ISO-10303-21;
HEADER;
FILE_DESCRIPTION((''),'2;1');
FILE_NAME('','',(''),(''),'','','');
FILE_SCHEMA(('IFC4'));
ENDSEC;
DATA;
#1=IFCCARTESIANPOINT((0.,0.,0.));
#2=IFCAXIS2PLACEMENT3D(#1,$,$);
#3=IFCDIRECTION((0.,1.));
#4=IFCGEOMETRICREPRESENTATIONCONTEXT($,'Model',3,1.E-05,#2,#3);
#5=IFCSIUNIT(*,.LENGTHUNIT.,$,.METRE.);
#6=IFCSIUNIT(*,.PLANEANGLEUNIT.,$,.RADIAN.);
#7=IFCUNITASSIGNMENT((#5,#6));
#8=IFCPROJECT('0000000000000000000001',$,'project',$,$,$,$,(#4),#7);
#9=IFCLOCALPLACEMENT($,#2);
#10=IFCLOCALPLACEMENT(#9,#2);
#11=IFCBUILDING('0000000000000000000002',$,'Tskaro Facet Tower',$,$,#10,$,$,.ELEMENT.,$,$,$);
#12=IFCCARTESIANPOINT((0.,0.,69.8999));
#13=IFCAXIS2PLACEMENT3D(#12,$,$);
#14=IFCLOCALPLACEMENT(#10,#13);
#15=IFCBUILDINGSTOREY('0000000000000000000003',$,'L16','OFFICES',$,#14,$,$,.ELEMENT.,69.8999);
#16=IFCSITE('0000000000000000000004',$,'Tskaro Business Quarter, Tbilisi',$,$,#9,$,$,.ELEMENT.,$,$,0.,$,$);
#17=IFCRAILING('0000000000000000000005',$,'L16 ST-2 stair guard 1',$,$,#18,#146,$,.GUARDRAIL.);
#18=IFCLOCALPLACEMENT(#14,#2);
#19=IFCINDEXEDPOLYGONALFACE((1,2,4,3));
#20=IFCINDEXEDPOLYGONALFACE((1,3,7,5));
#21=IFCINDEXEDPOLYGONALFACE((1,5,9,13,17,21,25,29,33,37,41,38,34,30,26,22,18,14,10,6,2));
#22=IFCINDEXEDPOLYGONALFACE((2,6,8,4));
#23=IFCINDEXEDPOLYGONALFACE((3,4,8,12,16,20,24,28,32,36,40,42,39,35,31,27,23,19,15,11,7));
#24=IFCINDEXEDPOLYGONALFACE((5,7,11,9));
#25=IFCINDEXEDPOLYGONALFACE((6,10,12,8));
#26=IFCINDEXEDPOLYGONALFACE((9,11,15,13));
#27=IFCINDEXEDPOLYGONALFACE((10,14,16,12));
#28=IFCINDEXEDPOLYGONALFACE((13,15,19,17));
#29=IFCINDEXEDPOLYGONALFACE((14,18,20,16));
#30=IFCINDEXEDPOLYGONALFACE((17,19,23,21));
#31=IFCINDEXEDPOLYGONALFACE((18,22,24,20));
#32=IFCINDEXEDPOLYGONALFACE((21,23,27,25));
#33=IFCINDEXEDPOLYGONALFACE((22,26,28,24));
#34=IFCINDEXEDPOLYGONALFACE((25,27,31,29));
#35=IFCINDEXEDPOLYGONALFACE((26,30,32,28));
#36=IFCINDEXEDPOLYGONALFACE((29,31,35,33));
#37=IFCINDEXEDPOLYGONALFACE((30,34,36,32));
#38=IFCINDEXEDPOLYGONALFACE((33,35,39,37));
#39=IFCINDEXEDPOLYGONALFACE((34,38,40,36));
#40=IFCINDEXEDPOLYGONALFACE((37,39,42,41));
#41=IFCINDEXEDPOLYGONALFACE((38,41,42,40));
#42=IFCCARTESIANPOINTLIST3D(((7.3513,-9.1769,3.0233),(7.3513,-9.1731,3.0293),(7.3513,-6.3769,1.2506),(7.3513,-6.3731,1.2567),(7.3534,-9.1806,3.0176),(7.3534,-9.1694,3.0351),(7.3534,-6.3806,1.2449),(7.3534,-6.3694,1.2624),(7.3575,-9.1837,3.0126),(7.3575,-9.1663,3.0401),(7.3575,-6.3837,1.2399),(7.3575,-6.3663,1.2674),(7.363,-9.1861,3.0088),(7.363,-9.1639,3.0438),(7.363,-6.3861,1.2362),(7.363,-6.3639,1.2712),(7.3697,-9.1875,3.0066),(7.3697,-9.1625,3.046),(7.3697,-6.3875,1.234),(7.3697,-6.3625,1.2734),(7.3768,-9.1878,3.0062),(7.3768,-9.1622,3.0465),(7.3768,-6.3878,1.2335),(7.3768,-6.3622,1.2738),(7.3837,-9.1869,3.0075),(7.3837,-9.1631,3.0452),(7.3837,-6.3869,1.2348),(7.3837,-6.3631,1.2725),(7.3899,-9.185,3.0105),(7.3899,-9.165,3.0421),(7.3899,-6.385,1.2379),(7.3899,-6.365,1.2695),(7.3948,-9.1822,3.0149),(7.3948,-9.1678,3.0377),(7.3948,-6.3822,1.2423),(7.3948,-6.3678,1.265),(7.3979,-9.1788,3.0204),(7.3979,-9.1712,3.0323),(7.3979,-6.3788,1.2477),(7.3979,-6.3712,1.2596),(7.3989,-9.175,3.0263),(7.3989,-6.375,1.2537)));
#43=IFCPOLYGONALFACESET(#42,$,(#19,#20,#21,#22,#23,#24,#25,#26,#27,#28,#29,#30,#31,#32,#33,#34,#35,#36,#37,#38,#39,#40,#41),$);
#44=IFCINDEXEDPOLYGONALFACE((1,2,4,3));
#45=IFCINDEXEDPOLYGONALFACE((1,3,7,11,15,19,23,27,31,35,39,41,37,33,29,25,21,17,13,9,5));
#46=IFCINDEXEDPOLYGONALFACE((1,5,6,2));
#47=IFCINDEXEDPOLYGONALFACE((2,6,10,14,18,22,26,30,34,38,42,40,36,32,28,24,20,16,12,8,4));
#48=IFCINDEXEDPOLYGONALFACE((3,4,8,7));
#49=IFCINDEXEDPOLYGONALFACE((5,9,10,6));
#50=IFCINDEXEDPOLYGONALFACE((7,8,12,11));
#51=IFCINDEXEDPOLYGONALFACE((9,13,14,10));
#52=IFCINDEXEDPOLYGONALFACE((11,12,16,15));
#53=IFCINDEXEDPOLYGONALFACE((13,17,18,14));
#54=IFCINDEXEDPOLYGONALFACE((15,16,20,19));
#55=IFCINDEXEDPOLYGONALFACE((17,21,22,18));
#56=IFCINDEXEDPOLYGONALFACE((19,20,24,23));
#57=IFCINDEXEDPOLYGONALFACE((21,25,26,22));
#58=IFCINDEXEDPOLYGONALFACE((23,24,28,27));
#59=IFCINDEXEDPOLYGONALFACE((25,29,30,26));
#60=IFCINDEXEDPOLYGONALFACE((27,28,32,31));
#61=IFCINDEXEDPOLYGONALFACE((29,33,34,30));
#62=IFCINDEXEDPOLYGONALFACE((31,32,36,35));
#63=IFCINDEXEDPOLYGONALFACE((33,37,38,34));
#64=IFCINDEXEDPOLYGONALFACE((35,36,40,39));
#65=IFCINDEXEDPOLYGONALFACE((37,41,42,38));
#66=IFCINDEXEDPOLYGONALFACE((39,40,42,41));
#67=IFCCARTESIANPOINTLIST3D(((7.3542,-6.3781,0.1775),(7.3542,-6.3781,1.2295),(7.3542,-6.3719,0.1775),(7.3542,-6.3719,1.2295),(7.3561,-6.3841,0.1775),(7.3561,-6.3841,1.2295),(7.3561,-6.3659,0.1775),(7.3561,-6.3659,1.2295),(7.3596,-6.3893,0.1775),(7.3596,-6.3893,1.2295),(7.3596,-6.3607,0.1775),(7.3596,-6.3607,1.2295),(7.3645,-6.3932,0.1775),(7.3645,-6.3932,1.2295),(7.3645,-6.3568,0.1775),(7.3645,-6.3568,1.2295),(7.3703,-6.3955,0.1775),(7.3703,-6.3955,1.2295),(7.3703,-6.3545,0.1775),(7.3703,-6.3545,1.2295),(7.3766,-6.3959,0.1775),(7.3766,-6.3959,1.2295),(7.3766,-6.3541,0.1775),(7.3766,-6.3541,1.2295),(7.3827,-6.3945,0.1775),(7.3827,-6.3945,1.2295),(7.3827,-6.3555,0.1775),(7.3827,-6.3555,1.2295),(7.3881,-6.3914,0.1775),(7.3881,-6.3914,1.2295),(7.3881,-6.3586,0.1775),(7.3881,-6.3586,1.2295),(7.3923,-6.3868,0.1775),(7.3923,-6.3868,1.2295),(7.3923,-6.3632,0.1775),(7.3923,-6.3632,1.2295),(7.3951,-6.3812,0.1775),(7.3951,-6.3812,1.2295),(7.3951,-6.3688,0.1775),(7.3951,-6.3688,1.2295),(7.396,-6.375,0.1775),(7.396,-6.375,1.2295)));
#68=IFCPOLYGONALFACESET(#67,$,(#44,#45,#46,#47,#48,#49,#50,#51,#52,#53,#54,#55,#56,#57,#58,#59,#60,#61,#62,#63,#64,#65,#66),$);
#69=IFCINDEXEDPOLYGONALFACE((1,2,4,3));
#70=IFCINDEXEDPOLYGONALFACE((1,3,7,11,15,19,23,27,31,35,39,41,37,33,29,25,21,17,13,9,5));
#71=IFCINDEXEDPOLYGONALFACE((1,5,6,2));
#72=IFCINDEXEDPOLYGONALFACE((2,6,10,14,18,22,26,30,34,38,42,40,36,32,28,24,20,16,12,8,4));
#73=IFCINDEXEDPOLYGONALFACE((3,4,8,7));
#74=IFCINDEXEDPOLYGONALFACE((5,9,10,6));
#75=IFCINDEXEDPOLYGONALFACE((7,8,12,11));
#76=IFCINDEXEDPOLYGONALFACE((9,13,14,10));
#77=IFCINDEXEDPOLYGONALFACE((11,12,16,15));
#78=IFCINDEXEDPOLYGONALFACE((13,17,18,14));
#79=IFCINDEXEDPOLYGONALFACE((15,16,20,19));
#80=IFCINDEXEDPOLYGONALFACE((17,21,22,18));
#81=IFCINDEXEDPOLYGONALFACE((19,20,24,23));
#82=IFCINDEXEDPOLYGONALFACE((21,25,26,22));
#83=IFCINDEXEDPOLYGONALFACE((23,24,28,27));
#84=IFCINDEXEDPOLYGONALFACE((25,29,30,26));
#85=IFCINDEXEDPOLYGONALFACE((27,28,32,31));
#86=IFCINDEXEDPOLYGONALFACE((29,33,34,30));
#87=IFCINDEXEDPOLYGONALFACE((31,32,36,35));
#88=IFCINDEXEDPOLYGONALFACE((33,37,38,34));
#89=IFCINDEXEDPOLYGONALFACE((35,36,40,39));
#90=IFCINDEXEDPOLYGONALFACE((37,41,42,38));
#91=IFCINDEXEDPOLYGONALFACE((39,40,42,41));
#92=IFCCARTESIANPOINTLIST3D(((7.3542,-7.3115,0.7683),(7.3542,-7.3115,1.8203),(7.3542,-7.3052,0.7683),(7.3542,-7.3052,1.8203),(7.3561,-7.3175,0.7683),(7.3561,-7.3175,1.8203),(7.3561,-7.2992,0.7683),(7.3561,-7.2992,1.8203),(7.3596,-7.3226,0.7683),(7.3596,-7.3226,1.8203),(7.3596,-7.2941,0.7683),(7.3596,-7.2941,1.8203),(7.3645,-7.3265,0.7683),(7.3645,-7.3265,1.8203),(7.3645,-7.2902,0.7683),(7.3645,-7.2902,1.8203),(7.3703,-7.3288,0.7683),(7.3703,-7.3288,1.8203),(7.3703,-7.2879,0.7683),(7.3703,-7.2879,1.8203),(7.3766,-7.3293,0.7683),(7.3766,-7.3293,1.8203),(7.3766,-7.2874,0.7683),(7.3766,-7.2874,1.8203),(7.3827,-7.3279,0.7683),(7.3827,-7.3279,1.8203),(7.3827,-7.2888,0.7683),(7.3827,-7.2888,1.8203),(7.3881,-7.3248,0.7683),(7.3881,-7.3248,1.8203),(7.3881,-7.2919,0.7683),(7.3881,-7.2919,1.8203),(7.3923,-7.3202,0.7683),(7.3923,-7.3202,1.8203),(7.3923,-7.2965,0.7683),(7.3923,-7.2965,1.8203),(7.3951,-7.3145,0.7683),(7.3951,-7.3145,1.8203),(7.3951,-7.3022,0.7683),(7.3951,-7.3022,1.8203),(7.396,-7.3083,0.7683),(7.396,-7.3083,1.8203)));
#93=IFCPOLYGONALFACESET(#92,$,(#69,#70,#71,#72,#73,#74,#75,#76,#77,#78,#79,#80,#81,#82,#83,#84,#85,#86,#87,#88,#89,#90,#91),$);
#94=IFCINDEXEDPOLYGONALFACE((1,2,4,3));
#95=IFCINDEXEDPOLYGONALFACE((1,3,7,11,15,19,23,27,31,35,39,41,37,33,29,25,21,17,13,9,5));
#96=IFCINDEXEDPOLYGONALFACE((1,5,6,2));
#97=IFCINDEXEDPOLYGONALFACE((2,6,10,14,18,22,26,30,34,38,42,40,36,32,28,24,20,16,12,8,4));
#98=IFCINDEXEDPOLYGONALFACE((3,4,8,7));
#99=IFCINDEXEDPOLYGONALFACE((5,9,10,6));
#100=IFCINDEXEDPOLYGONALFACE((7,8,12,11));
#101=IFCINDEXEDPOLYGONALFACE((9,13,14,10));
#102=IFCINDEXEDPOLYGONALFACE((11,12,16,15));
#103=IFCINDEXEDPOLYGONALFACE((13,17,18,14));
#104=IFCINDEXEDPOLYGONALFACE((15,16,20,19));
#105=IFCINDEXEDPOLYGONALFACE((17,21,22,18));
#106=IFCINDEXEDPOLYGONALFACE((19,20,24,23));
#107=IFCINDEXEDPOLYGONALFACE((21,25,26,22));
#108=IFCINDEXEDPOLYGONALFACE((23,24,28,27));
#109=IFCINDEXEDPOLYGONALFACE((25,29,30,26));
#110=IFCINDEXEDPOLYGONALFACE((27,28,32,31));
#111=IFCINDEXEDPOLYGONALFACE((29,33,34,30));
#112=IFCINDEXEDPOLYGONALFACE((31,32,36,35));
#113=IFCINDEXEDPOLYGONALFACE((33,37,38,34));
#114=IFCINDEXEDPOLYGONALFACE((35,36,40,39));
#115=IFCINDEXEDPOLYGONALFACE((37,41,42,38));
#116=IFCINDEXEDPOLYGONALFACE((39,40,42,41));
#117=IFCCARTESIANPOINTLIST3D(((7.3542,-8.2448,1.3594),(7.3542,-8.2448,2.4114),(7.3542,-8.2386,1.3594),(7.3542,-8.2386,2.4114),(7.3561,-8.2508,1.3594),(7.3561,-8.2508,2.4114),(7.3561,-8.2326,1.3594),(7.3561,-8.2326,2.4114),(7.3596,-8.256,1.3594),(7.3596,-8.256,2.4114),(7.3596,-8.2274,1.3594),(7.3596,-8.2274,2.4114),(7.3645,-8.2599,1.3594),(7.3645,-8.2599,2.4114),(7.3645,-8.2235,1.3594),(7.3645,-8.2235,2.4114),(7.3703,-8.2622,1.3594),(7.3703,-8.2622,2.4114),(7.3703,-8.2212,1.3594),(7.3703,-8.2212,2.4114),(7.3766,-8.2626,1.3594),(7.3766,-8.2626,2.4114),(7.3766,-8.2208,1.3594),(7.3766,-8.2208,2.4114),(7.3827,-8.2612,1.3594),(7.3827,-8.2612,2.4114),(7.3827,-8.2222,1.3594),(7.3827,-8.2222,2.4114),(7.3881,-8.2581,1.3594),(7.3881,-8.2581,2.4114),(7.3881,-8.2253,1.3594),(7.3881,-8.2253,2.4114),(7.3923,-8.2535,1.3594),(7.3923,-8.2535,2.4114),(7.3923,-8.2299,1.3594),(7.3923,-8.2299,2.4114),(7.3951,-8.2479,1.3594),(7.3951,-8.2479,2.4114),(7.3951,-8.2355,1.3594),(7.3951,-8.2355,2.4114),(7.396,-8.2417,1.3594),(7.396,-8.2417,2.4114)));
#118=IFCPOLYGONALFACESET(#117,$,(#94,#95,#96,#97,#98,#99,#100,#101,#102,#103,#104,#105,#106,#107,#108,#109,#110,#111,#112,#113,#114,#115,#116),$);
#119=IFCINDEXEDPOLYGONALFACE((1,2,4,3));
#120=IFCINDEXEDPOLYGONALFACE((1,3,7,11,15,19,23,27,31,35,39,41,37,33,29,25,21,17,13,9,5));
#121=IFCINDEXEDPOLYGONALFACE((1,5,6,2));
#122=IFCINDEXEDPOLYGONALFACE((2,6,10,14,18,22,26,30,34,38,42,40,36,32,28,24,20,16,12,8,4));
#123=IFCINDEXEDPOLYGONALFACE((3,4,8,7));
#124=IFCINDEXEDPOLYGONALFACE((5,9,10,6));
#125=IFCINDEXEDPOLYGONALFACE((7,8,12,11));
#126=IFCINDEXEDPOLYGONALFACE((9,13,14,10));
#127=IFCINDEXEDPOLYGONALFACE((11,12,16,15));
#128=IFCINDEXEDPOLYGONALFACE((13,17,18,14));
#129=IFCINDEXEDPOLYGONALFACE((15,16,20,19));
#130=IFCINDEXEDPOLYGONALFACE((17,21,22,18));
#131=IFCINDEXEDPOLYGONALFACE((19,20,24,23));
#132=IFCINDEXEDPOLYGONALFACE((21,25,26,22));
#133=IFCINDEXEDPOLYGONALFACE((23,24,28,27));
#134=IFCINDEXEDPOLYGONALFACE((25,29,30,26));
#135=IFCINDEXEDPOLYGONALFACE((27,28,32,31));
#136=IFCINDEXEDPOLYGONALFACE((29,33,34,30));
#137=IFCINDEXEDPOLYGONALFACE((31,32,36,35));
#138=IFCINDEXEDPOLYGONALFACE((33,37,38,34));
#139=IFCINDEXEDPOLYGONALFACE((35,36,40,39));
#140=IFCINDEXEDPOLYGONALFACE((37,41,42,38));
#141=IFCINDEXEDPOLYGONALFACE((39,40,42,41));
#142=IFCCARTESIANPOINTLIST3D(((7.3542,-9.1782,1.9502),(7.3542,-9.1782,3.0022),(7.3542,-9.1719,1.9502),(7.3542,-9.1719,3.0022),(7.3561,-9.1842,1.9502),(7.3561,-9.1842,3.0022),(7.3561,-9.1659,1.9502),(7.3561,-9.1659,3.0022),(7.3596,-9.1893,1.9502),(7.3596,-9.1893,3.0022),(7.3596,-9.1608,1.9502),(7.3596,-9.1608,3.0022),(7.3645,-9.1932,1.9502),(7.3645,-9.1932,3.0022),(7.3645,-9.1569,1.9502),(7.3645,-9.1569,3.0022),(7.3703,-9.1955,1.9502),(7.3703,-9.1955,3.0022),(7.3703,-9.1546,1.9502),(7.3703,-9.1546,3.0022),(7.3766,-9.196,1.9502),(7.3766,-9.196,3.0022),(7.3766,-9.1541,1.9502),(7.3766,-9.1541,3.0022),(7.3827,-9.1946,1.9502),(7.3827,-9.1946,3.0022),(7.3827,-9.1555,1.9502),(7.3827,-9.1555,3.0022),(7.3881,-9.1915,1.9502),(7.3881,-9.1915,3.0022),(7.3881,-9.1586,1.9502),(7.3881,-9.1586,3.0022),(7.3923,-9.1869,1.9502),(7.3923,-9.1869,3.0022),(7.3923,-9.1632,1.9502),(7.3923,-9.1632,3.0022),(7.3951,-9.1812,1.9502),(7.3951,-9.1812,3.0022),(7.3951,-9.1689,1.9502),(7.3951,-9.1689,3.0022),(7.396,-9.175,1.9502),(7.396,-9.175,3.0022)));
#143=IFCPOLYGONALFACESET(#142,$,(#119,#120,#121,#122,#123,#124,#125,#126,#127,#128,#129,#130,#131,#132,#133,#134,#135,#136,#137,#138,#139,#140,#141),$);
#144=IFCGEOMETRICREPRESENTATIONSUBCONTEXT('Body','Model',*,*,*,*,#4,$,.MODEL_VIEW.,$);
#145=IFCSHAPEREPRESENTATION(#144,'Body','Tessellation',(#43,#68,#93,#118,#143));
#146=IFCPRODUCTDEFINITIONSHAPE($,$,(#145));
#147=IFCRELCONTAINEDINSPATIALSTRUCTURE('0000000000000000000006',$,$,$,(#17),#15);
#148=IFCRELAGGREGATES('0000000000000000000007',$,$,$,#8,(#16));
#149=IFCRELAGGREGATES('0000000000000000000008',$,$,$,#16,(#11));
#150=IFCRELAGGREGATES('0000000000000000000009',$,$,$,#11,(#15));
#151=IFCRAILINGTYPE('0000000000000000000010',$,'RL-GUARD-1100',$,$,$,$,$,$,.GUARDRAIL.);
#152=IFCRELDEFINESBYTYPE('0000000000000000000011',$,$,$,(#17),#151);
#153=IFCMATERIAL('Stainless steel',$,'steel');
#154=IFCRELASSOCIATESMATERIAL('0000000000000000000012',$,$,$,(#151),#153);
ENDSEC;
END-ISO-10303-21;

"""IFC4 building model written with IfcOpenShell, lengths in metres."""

from ifc_helpers import new_model, si_unit, direction, frame, origin, origin_2d, place, context, subcontext, project, spatial, circle, extrude, material, type_object, element, save


model = new_model("IFC4")

# Units and contexts
model_context = context("Model", 3, precision=1e-05, world=origin(), true_north=direction((0.0, 1.0)))
body_context = subcontext(model_context, "Body", "Model", "MODEL_VIEW")
ifc_project = project(units=[si_unit("LENGTHUNIT", "METRE"), si_unit("PLANEANGLEUNIT", "RADIAN")], contexts=[model_context])

# Site, building, storey
site_placement = place(None, origin())
site = spatial("IfcSite", under=ifc_project, at=site_placement, Name="Tskaro Business Quarter, Tbilisi", CompositionType="ELEMENT", RefElevation=0.0)
building_placement = place(site_placement, origin())
building = spatial("IfcBuilding", under=site, at=building_placement, Name="Tskaro Facet Tower", CompositionType="ELEMENT")
storey_placement = place(building_placement, frame((0.0, 0.0, 69.8999)))
storey = spatial("IfcBuildingStorey", under=building, at=storey_placement, Name="L16", Description="OFFICES", CompositionType="ELEMENT", Elevation=69.8999)

# Railing
ifc_material_1 = material(Name="Stainless steel", Category="steel")
railing_type_1 = type_object("IfcRailingType", Name="RL-GUARD-1100", PredefinedType="GUARDRAIL", material=ifc_material_1)
railing_1_placement = place(storey_placement, frame((7.375, -6.375, 0.1775)))
element("IfcRailing", 1, at=railing_1_placement, inside=storey, type_object=railing_type_1, Name="L16 ST-2 stair guard 1", PredefinedType="GUARDRAIL", context=body_context, shape_type="SweptSolid", body=[
    extrude(circle(Radius=0.0239, at=origin_2d()), frame((0.0, 0.0, 1.0762), z_axis=(0.0, -0.844909, 0.53491), x_axis=(1.0, 0.0, 0.0)), (0.0, 0.0, 1.0), 3.314),
    extrude(circle(Radius=0.021, at=origin_2d()), origin(), (0.0, 0.0, 1.0), 1.052),
    extrude(circle(Radius=0.021, at=origin_2d()), frame((0.0, -0.9333, 0.5908)), (0.0, 0.0, 1.0), 1.052),
    extrude(circle(Radius=0.021, at=origin_2d()), frame((0.0, -1.8667, 1.1819)), (0.0, 0.0, 1.0), 1.052),
    extrude(circle(Radius=0.021, at=origin_2d()), frame((0.0, -2.8, 1.7727)), (0.0, 0.0, 1.0), 1.052),
])

save(model, "model.ifc")
